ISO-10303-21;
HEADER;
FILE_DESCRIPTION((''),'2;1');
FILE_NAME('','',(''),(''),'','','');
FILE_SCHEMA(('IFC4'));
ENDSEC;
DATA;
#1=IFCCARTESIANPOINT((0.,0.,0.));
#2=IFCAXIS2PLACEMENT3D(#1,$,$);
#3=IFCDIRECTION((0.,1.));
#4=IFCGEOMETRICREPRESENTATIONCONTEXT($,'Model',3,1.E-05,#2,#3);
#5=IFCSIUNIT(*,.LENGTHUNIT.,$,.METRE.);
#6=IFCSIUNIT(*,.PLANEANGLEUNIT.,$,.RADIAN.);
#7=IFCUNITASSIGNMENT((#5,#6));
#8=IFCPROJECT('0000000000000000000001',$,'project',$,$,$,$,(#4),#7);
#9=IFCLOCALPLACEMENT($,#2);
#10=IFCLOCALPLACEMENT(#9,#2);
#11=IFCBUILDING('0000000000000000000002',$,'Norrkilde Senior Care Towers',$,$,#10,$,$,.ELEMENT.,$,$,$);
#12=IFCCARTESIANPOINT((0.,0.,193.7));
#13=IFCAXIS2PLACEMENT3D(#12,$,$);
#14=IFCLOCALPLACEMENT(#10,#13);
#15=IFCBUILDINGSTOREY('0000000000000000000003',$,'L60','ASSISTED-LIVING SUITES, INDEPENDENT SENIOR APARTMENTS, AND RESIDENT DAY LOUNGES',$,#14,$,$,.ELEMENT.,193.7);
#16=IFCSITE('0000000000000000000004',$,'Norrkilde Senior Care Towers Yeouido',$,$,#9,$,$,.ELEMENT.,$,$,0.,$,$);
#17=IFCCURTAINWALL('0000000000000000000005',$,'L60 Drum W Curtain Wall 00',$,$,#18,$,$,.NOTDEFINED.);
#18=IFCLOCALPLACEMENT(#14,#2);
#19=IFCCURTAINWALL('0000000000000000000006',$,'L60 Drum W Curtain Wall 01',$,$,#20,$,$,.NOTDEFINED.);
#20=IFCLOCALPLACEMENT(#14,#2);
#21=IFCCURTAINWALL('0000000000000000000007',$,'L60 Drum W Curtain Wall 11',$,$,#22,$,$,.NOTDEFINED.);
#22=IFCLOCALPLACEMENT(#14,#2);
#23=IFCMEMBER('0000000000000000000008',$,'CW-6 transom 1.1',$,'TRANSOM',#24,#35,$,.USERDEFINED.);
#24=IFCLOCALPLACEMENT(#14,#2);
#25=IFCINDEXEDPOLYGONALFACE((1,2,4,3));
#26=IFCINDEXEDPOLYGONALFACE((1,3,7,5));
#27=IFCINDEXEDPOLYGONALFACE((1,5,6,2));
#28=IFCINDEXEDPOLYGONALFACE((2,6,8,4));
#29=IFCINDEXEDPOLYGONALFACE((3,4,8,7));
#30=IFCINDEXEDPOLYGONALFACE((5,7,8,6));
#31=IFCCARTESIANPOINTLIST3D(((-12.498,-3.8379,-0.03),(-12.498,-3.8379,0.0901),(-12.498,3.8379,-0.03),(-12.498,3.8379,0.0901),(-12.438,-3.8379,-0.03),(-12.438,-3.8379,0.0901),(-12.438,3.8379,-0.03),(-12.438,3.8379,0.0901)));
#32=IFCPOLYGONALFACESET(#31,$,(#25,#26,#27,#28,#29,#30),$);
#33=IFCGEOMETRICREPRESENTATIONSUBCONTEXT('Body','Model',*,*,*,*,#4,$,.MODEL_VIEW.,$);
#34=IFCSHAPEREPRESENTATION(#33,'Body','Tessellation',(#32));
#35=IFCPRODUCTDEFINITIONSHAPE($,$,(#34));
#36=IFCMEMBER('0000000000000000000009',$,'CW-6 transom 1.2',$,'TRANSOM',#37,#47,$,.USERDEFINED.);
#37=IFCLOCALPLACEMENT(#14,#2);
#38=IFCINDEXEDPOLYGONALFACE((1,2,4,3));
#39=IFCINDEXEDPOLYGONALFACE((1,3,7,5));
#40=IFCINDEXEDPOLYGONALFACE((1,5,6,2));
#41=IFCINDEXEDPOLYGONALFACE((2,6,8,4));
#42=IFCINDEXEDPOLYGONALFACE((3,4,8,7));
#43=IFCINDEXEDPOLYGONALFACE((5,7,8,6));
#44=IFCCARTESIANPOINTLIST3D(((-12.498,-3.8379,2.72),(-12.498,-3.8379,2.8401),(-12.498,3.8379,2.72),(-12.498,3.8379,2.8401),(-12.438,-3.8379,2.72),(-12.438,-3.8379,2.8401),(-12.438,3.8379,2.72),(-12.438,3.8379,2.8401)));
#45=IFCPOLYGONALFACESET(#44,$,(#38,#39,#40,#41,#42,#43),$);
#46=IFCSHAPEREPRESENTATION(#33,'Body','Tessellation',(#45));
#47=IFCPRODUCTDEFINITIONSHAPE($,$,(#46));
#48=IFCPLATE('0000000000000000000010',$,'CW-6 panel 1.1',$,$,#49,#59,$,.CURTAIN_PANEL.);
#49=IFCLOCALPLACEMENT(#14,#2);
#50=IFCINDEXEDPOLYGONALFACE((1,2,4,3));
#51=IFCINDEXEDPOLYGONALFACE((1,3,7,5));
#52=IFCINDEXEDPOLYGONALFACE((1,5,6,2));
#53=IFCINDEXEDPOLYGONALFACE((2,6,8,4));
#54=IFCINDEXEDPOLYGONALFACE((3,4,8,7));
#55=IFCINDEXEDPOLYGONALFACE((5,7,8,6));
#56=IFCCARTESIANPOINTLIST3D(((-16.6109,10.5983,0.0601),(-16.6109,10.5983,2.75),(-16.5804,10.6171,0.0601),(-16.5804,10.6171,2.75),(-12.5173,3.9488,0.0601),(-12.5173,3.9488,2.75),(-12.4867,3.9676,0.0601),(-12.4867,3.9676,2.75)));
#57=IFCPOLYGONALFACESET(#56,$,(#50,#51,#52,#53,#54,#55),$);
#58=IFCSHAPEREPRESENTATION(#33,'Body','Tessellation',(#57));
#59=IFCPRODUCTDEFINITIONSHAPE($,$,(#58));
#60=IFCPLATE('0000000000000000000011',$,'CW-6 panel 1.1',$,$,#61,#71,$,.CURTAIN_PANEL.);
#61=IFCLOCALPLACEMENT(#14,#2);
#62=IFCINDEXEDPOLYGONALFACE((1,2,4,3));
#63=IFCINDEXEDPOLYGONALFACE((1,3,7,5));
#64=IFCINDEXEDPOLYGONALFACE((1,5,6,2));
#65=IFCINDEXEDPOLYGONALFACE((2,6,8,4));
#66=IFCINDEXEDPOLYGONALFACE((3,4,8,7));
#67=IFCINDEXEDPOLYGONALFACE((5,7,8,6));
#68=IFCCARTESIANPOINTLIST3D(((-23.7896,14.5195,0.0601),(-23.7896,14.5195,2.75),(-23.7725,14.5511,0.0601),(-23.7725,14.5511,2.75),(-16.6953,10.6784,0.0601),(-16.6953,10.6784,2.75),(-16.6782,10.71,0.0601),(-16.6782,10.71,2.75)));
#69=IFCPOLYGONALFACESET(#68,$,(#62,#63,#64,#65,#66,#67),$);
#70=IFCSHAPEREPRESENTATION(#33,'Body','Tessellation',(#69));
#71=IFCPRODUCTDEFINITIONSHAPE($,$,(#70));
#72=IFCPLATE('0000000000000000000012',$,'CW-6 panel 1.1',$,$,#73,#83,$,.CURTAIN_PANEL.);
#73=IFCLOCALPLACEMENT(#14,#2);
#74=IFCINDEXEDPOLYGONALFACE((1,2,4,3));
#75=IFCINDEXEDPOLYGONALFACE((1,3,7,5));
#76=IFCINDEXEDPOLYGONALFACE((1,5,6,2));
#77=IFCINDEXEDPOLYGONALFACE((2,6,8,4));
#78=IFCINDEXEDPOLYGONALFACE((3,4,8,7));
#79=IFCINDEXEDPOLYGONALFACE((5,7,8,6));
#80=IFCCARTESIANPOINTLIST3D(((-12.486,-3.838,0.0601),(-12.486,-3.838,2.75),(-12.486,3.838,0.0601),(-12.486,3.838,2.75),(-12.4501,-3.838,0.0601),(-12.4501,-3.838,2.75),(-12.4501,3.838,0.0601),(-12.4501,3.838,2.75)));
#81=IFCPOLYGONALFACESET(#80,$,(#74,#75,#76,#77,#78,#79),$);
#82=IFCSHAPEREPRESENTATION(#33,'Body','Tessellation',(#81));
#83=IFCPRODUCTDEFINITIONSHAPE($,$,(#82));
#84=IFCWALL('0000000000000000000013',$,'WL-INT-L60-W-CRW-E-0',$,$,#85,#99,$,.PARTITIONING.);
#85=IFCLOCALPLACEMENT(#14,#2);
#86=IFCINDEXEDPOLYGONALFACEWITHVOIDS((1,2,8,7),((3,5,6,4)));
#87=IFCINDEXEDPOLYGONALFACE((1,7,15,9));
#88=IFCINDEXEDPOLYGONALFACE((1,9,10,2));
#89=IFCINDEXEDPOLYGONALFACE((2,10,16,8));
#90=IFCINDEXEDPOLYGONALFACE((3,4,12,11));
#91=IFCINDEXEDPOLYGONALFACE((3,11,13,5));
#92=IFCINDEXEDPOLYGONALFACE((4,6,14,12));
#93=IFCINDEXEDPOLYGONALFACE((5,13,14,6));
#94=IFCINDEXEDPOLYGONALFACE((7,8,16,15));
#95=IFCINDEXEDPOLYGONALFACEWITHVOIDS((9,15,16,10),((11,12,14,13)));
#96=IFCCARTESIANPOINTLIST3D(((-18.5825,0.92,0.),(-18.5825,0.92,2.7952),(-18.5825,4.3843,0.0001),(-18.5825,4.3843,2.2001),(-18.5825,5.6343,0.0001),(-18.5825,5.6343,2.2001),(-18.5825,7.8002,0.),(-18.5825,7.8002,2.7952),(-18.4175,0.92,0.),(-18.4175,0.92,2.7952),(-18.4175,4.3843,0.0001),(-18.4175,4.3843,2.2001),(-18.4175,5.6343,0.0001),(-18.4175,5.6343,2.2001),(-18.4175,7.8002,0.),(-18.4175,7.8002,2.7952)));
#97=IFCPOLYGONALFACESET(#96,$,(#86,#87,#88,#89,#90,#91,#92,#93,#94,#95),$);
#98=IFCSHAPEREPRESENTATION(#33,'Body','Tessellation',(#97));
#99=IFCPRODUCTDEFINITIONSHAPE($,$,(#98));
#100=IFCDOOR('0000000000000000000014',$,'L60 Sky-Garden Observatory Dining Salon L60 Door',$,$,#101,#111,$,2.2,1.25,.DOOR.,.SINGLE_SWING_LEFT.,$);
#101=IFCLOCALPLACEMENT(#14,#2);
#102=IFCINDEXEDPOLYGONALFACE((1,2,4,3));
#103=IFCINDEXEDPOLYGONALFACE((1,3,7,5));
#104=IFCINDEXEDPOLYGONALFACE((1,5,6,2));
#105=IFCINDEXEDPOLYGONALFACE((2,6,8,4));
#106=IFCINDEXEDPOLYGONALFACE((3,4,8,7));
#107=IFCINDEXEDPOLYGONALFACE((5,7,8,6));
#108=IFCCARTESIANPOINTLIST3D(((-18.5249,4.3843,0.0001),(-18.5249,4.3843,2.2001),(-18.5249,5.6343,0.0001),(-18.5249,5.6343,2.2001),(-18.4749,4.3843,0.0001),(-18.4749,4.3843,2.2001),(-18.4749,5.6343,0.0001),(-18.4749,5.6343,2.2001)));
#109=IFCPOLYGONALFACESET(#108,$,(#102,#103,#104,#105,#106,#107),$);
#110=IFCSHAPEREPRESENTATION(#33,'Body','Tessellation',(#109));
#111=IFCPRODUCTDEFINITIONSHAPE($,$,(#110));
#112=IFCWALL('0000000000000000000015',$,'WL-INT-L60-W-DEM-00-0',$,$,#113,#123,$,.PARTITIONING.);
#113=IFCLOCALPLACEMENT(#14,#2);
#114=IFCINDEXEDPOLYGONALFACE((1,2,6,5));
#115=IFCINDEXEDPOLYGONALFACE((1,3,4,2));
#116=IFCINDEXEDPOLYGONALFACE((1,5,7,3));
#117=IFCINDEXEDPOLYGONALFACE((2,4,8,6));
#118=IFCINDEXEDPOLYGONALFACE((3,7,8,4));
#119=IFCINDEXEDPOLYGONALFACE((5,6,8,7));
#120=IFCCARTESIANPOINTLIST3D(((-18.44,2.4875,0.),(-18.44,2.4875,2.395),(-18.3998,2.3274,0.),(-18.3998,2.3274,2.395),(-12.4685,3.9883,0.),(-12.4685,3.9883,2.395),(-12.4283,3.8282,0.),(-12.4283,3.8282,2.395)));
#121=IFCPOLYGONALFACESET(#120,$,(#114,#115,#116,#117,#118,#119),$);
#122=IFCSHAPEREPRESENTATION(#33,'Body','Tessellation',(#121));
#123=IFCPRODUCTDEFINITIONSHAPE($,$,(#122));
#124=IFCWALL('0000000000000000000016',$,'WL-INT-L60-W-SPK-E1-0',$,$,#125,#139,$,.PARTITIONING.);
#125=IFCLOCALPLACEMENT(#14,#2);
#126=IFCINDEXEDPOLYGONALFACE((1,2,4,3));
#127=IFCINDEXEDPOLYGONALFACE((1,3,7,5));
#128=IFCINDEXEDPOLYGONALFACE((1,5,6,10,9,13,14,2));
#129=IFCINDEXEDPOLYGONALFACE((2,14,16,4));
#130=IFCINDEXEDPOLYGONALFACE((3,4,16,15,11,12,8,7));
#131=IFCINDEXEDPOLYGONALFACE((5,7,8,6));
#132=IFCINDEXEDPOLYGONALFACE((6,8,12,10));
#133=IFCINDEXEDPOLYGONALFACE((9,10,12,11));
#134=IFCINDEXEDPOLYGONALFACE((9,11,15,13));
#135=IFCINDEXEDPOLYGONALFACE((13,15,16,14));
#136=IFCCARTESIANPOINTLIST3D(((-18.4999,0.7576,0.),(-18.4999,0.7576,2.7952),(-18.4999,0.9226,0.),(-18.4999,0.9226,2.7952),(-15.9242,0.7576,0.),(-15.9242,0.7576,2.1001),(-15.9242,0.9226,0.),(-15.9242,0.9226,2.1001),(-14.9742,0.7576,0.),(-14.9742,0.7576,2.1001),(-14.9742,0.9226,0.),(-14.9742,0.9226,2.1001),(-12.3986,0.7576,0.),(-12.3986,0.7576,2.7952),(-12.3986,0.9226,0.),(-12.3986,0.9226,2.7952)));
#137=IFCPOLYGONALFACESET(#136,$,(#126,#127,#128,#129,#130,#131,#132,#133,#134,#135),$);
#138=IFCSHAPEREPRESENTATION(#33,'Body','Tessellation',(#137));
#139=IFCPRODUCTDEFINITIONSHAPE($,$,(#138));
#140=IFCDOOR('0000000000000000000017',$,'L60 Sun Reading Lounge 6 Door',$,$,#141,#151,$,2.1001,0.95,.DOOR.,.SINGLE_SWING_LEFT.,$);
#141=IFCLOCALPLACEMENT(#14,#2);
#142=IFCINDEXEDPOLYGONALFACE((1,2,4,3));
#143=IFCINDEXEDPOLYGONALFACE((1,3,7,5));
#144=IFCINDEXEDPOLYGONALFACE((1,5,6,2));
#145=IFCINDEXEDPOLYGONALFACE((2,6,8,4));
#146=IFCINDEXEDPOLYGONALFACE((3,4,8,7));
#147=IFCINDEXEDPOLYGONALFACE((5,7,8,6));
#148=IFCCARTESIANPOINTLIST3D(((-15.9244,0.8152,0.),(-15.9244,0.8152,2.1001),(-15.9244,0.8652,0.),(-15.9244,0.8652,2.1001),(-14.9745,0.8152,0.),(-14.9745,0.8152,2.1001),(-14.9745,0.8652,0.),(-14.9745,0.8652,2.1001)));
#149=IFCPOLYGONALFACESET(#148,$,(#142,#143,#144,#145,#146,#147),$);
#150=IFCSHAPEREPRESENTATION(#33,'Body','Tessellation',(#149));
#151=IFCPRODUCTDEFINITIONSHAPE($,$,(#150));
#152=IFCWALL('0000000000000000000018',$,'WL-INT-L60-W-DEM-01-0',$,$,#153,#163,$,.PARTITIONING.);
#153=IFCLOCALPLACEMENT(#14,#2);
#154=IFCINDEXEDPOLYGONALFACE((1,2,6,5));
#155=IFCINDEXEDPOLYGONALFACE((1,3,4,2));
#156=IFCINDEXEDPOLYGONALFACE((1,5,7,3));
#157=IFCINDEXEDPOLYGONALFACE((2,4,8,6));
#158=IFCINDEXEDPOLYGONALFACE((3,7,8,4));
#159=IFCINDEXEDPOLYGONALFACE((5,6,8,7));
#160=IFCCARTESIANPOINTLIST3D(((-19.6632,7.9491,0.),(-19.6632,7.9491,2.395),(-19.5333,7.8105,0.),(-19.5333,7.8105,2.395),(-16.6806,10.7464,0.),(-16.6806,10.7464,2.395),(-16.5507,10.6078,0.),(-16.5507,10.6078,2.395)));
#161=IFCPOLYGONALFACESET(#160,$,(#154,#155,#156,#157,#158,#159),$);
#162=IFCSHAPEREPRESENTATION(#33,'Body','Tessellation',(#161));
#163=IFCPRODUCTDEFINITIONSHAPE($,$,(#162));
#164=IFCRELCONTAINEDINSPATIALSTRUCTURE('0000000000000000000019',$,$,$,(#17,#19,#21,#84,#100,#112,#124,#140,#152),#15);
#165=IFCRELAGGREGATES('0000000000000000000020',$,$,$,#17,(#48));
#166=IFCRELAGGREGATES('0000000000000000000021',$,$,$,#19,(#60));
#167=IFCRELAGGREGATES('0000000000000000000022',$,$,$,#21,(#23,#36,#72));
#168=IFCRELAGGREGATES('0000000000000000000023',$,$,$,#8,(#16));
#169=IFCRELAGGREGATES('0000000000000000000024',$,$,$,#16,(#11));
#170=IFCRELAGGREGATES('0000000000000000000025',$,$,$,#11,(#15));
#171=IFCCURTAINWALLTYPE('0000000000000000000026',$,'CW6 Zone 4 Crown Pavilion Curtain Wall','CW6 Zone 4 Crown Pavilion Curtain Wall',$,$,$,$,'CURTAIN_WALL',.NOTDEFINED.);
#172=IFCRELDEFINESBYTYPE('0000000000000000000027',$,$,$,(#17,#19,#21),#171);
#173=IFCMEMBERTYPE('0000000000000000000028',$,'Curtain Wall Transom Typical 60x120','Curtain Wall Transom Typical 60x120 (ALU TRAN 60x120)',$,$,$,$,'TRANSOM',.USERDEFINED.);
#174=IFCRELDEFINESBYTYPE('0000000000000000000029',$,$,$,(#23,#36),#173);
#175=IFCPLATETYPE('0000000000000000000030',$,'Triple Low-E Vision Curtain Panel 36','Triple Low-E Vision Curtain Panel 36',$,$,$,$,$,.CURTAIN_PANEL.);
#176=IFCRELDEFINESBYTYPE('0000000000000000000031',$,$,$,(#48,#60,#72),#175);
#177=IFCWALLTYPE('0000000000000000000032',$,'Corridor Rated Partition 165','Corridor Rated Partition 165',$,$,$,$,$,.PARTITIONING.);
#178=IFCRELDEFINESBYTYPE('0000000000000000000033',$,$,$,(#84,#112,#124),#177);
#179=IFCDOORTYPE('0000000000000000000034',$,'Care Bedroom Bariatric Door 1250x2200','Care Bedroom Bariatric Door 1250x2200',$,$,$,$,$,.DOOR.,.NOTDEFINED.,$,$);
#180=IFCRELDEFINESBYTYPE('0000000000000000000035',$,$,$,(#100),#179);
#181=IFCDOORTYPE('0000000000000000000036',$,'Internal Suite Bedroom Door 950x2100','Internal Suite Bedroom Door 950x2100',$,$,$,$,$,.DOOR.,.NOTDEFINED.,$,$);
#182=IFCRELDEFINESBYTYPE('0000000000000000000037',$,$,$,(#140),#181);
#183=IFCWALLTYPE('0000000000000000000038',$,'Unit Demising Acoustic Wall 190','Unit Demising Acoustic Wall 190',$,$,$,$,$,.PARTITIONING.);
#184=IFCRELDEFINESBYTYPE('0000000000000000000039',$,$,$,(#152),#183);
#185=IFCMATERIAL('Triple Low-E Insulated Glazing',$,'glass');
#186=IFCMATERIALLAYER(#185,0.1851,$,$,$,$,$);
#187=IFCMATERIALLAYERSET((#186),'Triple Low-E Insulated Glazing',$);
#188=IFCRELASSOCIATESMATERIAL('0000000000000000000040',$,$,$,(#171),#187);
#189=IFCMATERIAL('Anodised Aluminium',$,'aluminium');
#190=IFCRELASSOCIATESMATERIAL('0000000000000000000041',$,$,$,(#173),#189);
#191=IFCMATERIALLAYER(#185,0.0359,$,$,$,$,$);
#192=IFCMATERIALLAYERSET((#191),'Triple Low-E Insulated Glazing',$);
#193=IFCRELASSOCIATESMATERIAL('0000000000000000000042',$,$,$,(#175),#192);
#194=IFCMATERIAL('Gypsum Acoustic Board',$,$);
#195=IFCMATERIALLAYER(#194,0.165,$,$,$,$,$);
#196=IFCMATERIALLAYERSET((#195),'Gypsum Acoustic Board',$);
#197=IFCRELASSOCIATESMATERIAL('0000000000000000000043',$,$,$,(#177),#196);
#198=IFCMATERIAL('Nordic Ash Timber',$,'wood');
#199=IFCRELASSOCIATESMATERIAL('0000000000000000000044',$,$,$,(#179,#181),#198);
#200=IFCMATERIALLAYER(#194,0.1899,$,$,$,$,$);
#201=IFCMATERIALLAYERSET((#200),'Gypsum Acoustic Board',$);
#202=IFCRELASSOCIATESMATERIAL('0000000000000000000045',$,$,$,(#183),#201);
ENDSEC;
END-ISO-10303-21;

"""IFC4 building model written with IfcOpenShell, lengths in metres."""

from ifc_helpers import new_model, si_unit, direction, frame, frame_2d, origin, origin_2d, place, context, subcontext, project, spatial, rectangle, extrude, source, transform, mapped, material, layer, layer_set, material_profile, profile_set, type_object, type_shapes, element, fill, aggregate, save


model = new_model("IFC4")

# Units and contexts
model_context = context("Model", 3, precision=1e-05, world=origin(), true_north=direction((0.0, 1.0)))
body_context = subcontext(model_context, "Body", "Model", "MODEL_VIEW")
ifc_project = project(units=[si_unit("LENGTHUNIT", "METRE"), si_unit("PLANEANGLEUNIT", "RADIAN")], contexts=[model_context])

# Site, building, storey
site_placement = place(None, origin())
site = spatial("IfcSite", under=ifc_project, at=site_placement, Name="Norrkilde Senior Care Towers Yeouido", CompositionType="ELEMENT", RefElevation=0.0)
building_placement = place(site_placement, origin())
building = spatial("IfcBuilding", under=site, at=building_placement, Name="Norrkilde Senior Care Towers", CompositionType="ELEMENT")
storey_placement = place(building_placement, frame((0.0, 0.0, 193.7)))
storey = spatial("IfcBuildingStorey", under=building, at=storey_placement, Name="L60", Description="ASSISTED-LIVING SUITES, INDEPENDENT SENIOR APARTMENTS, AND RESIDENT DAY LOUNGES", CompositionType="ELEMENT", Elevation=193.7)

# Curtain wall
ifc_material_1 = material(Name="Triple Low-E Insulated Glazing", Category="glass")
ifc_layer_1 = layer(ifc_material_1, 0.1851)
ifc_layer_set_1 = layer_set([ifc_layer_1], Name="Triple Low-E Insulated Glazing")
curtain_wall_type = type_object("IfcCurtainWallType", Name="CW6 Zone 4 Crown Pavilion Curtain Wall", Description="CW6 Zone 4 Crown Pavilion Curtain Wall", ElementType="CURTAIN_WALL", PredefinedType="NOTDEFINED", material=ifc_layer_set_1)
curtain_wall_1_placement = place(storey_placement, origin())
curtain_wall_1 = element("IfcCurtainWall", 1, at=curtain_wall_1_placement, inside=storey, type_object=curtain_wall_type, Name="L60 Drum W Curtain Wall 00", PredefinedType="NOTDEFINED")
ifc_material_2 = material(Name="Anodised Aluminium", Category="aluminium")

# Curtain walls
curtain_wall_2_placement = place(storey_placement, origin())
curtain_wall_2 = element("IfcCurtainWall", 2, at=curtain_wall_2_placement, inside=storey, type_object=curtain_wall_type, Name="L60 Drum W Curtain Wall 01", PredefinedType="NOTDEFINED")
curtain_wall_3_placement = place(storey_placement, origin())
curtain_wall_3 = element("IfcCurtainWall", 3, at=curtain_wall_3_placement, inside=storey, type_object=curtain_wall_type, Name="L60 Drum W Curtain Wall 11", PredefinedType="NOTDEFINED")

# Members
ifc_material_profile_1 = material_profile(ifc_material_2, rectangle(XDim=0.0601, YDim=0.1201, at=origin_2d()), Name="ALU TRAN 60x120")
ifc_profile_set_1 = profile_set([ifc_material_profile_1], Name="Anodised Aluminium")
member_type_1 = type_object("IfcMemberType", Name="Curtain Wall Transom Typical 60x120", Description="Curtain Wall Transom Typical 60x120 (ALU TRAN 60x120)", ElementType="TRANSOM", PredefinedType="USERDEFINED", material=ifc_profile_set_1)
shared_shape_1 = source(origin(), body_context, "Body", "SweptSolid", [
    extrude(rectangle(XDim=0.0601, YDim=0.1201, at=origin_2d()), origin(), (0.0, 0.0, 1.0), 7.6758),
])
member_1_placement = place(storey_placement, frame((-12.468, 3.8379, 0.03), z_axis=(0.0, -1.0, 0.0), x_axis=(1.0, 0.0, 0.0)))
member_1 = element("IfcMember", 4, at=member_1_placement, type_object=member_type_1, Name="CW-6 transom 1.1", ObjectType="TRANSOM", PredefinedType="USERDEFINED", context=body_context, shape_type="MappedRepresentation", body=[
    mapped(shared_shape_1, transform((0.0, 0.0, 0.0), x_axis=(1.0, 0.0, 0.0), y_axis=(0.0, 1.0, 0.0), z_axis=(0.0, 0.0, 1.0), scale=1.0)),
])
member_2_placement = place(storey_placement, frame((-12.468, 3.8379, 2.78), z_axis=(0.0, -1.0, 0.0), x_axis=(1.0, 0.0, 0.0)))
member_2 = element("IfcMember", 5, at=member_2_placement, type_object=member_type_1, Name="CW-6 transom 1.2", ObjectType="TRANSOM", PredefinedType="USERDEFINED", context=body_context, shape_type="MappedRepresentation", body=[
    mapped(shared_shape_1, transform((0.0, 0.0, 0.0), x_axis=(1.0, 0.0, 0.0), y_axis=(0.0, 1.0, 0.0), z_axis=(0.0, 0.0, 1.0), scale=1.0)),
])

# Plates
ifc_layer_2 = layer(ifc_material_1, 0.0359)
ifc_layer_set_2 = layer_set([ifc_layer_2], Name="Triple Low-E Insulated Glazing")
plate_type = type_object("IfcPlateType", Name="Triple Low-E Vision Curtain Panel 36", Description="Triple Low-E Vision Curtain Panel 36", PredefinedType="CURTAIN_PANEL", material=ifc_layer_set_2)
shared_shape_2 = source(origin(), body_context, "Body", "SweptSolid", [
    extrude(rectangle(XDim=7.8086, YDim=0.0359, at=origin_2d()), origin(), (0.0, 0.0, 1.0), 2.6899),
])
plate_1_placement = place(storey_placement, frame((-14.5488, 7.283, 0.0601), z_axis=(0.0, 0.0, 1.0), x_axis=(0.524253, -0.851563, 0.0)))
plate_1 = element("IfcPlate", 6, at=plate_1_placement, type_object=plate_type, Name="CW-6 panel 1.1", PredefinedType="CURTAIN_PANEL", context=body_context, shape_type="MappedRepresentation", body=[
    mapped(shared_shape_2, transform((0.0, 0.0, 0.0), x_axis=(1.0, 0.0, 0.0), y_axis=(0.0, 1.0, 0.0), z_axis=(0.0, 0.0, 1.0), scale=1.0)),
])
aggregate(curtain_wall_1, [plate_1])
shared_shape_3 = source(origin(), body_context, "Body", "SweptSolid", [
    extrude(rectangle(XDim=8.0674, YDim=0.0359, at=origin_2d()), origin(), (0.0, 0.0, 1.0), 2.6899),
])
plate_2_placement = place(storey_placement, frame((-20.2339, 12.6147, 0.0601), z_axis=(0.0, 0.0, 1.0), x_axis=(0.879373, -0.476133, 0.0)))
plate_2 = element("IfcPlate", 7, at=plate_2_placement, type_object=plate_type, Name="CW-6 panel 1.1", PredefinedType="CURTAIN_PANEL", context=body_context, shape_type="MappedRepresentation", body=[
    mapped(shared_shape_3, transform((0.0, 0.0, 0.0), x_axis=(1.0, 0.0, 0.0), y_axis=(0.0, 1.0, 0.0), z_axis=(0.0, 0.0, 1.0), scale=1.0)),
])
aggregate(curtain_wall_2, [plate_2])
shared_shape_4 = source(origin(), body_context, "Body", "SweptSolid", [
    extrude(rectangle(XDim=7.676, YDim=0.0359, at=origin_2d()), origin(), (0.0, 0.0, 1.0), 2.6899),
])
type_shapes(plate_type, [shared_shape_2, shared_shape_3, shared_shape_4])
plate_3_placement = place(storey_placement, frame((-12.468, 0.0, 0.0601), z_axis=(0.0, 0.0, 1.0), x_axis=(0.0, -1.0, 0.0)))
plate_3 = element("IfcPlate", 8, at=plate_3_placement, type_object=plate_type, Name="CW-6 panel 1.1", PredefinedType="CURTAIN_PANEL", context=body_context, shape_type="MappedRepresentation", body=[
    mapped(shared_shape_4, transform((0.0, 0.0, 0.0), x_axis=(1.0, 0.0, 0.0), y_axis=(0.0, 1.0, 0.0), z_axis=(0.0, 0.0, 1.0), scale=1.0)),
])
aggregate(curtain_wall_3, [member_1, member_2, plate_3])

# Wall, opening, door
ifc_material_3 = material(Name="Gypsum Acoustic Board")
ifc_layer_3 = layer(ifc_material_3, 0.165)
ifc_layer_set_3 = layer_set([ifc_layer_3], Name="Gypsum Acoustic Board")
wall_type_1 = type_object("IfcWallType", Name="Corridor Rated Partition 165", Description="Corridor Rated Partition 165", PredefinedType="PARTITIONING", material=ifc_layer_set_3)
shared_shape_5 = source(origin(), body_context, "Body", "SweptSolid", [
    extrude(rectangle(XDim=6.8801, YDim=0.165, at=frame_2d((3.4399, 0.0))), origin(), (0.0, 0.0, 1.0), 2.7952),
])
wall_1_placement = place(storey_placement, frame((-18.5, 7.8, 0.0), z_axis=(0.0, 0.0, 1.0), x_axis=(0.0, -1.0, 0.0)))
wall_1 = element("IfcWall", 9, at=wall_1_placement, inside=storey, type_object=wall_type_1, Name="WL-INT-L60-W-CRW-E-0", PredefinedType="PARTITIONING", context=body_context, shape_type="MappedRepresentation", body=[
    mapped(shared_shape_5, transform((0.0, 0.0, 0.0), x_axis=(1.0, 0.0, 0.0), y_axis=(0.0, 1.0, 0.0), z_axis=(0.0, 0.0, 1.0), scale=1.0)),
])
opening_1_placement = place(wall_1_placement, frame((2.1658, 0.0, 0.0)))
opening_1 = element("IfcOpeningElement", 10, at=opening_1_placement, cuts=wall_1, PredefinedType="OPENING", context=body_context, shape_type="SweptSolid", body=[
    extrude(rectangle(XDim=1.25, YDim=2.2, at=frame_2d((0.625, 1.1001))), frame((0.0, 0.0925, 0.0), z_axis=(0.0, -1.0, 0.0), x_axis=(1.0, 0.0, 0.0)), (0.0, 0.0, 1.0), 0.1851),
])
ifc_material_4 = material(Name="Nordic Ash Timber", Category="wood")
door_type_1 = type_object("IfcDoorType", Name="Care Bedroom Bariatric Door 1250x2200", Description="Care Bedroom Bariatric Door 1250x2200", OperationType="NOTDEFINED", PredefinedType="DOOR", material=ifc_material_4)
shared_shape_6 = source(origin(), body_context, "Body", "SweptSolid", [
    extrude(rectangle(XDim=1.25, YDim=2.2, at=frame_2d((0.625, 1.1001))), frame((0.0, 0.0249, 0.0), z_axis=(0.0, -1.0, 0.0), x_axis=(1.0, 0.0, 0.0)), (0.0, 0.0, 1.0), 0.05),
])
type_shapes(door_type_1, [shared_shape_6])
door_1_placement = place(opening_1_placement, frame((1.25, 0.0, 0.0), z_axis=(0.0, 0.0, 1.0), x_axis=(-1.0, 0.0, 0.0)))
door_1 = element("IfcDoor", 11, at=door_1_placement, inside=storey, type_object=door_type_1, Name="L60 Sky-Garden Observatory Dining Salon L60 Door", OperationType="SINGLE_SWING_LEFT", OverallHeight=2.2, OverallWidth=1.25, PredefinedType="DOOR", context=body_context, shape_type="MappedRepresentation", body=[
    mapped(shared_shape_6, transform((0.0, 0.0, 0.0), x_axis=(1.0, 0.0, 0.0), y_axis=(0.0, 1.0, 0.0), z_axis=(0.0, 0.0, 1.0), scale=1.0)),
])
fill(opening_1, door_1)

# Wall
shared_shape_7 = source(origin(), body_context, "Body", "SweptSolid", [
    extrude(rectangle(XDim=6.1572, YDim=0.165, at=frame_2d((3.0786, 0.0))), origin(), (0.0, 0.0, 1.0), 2.395),
])
wall_2_placement = place(storey_placement, frame((-18.4199, 2.4075, 0.0), z_axis=(0.0, 0.0, 1.0), x_axis=(0.969841, 0.243739, 0.0)))
element("IfcWall", 12, at=wall_2_placement, inside=storey, type_object=wall_type_1, Name="WL-INT-L60-W-DEM-00-0", PredefinedType="PARTITIONING", context=body_context, shape_type="MappedRepresentation", body=[
    mapped(shared_shape_7, transform((0.0, 0.0, 0.0), x_axis=(1.0, 0.0, 0.0), y_axis=(0.0, 1.0, 0.0), z_axis=(0.0, 0.0, 1.0), scale=1.0)),
])

# Wall, opening, door
shared_shape_8 = source(origin(), body_context, "Body", "SweptSolid", [
    extrude(rectangle(XDim=6.1013, YDim=0.165, at=frame_2d((3.0508, 0.0))), origin(), (0.0, 0.0, 1.0), 2.7952),
])
type_shapes(wall_type_1, [shared_shape_5, shared_shape_7, shared_shape_8])
wall_3_placement = place(storey_placement, frame((-18.5, 0.8401, 0.0), z_axis=(0.0, 0.0, 1.0), x_axis=(1.0, 0.0, 0.0)))
wall_3 = element("IfcWall", 13, at=wall_3_placement, inside=storey, type_object=wall_type_1, Name="WL-INT-L60-W-SPK-E1-0", PredefinedType="PARTITIONING", context=body_context, shape_type="MappedRepresentation", body=[
    mapped(shared_shape_8, transform((0.0, 0.0, 0.0), x_axis=(1.0, 0.0, 0.0), y_axis=(0.0, 1.0, 0.0), z_axis=(0.0, 0.0, 1.0), scale=1.0)),
])
opening_2_placement = place(wall_3_placement, frame((2.5757, 0.0, 0.0)))
opening_2 = element("IfcOpeningElement", 14, at=opening_2_placement, cuts=wall_3, PredefinedType="OPENING", context=body_context, shape_type="SweptSolid", body=[
    extrude(rectangle(XDim=0.95, YDim=2.1001, at=frame_2d((0.4751, 1.05))), frame((0.0, 0.0925, 0.0), z_axis=(0.0, -1.0, 0.0), x_axis=(1.0, 0.0, 0.0)), (0.0, 0.0, 1.0), 0.1851),
])
door_type_2 = type_object("IfcDoorType", Name="Internal Suite Bedroom Door 950x2100", Description="Internal Suite Bedroom Door 950x2100", OperationType="NOTDEFINED", PredefinedType="DOOR", material=ifc_material_4)
shared_shape_9 = source(origin(), body_context, "Body", "SweptSolid", [
    extrude(rectangle(XDim=0.95, YDim=2.1001, at=frame_2d((0.4751, 1.05))), frame((0.0, 0.0249, 0.0), z_axis=(0.0, -1.0, 0.0), x_axis=(1.0, 0.0, 0.0)), (0.0, 0.0, 1.0), 0.05),
])
type_shapes(door_type_2, [shared_shape_9])
door_2_placement = place(opening_2_placement, frame((0.95, 0.0, 0.0), z_axis=(0.0, 0.0, 1.0), x_axis=(-1.0, 0.0, 0.0)))
door_2 = element("IfcDoor", 15, at=door_2_placement, inside=storey, type_object=door_type_2, Name="L60 Sun Reading Lounge 6 Door", OperationType="SINGLE_SWING_LEFT", OverallHeight=2.1001, OverallWidth=0.95, PredefinedType="DOOR", context=body_context, shape_type="MappedRepresentation", body=[
    mapped(shared_shape_9, transform((0.0, 0.0, 0.0), x_axis=(1.0, 0.0, 0.0), y_axis=(0.0, 1.0, 0.0), z_axis=(0.0, 0.0, 1.0), scale=1.0)),
])
fill(opening_2, door_2)

# Wall
ifc_layer_4 = layer(ifc_material_3, 0.1899)
ifc_layer_set_4 = layer_set([ifc_layer_4], Name="Gypsum Acoustic Board")
wall_type_2 = type_object("IfcWallType", Name="Unit Demising Acoustic Wall 190", Description="Unit Demising Acoustic Wall 190", PredefinedType="PARTITIONING", material=ifc_layer_set_4)
shared_shape_10 = source(origin(), body_context, "Body", "SweptSolid", [
    extrude(rectangle(XDim=4.0891, YDim=0.1899, at=frame_2d((2.0444, 0.0))), origin(), (0.0, 0.0, 1.0), 2.395),
])
type_shapes(wall_type_2, [shared_shape_10])
wall_4_placement = place(storey_placement, frame((-19.5981, 7.8799, 0.0), z_axis=(0.0, 0.0, 1.0), x_axis=(0.729401, 0.684086, 0.0)))
element("IfcWall", 16, at=wall_4_placement, inside=storey, type_object=wall_type_2, Name="WL-INT-L60-W-DEM-01-0", PredefinedType="PARTITIONING", context=body_context, shape_type="MappedRepresentation", body=[
    mapped(shared_shape_10, transform((0.0, 0.0, 0.0), x_axis=(1.0, 0.0, 0.0), y_axis=(0.0, 1.0, 0.0), z_axis=(0.0, 0.0, 1.0), scale=1.0)),
])

save(model, "model.ifc")
